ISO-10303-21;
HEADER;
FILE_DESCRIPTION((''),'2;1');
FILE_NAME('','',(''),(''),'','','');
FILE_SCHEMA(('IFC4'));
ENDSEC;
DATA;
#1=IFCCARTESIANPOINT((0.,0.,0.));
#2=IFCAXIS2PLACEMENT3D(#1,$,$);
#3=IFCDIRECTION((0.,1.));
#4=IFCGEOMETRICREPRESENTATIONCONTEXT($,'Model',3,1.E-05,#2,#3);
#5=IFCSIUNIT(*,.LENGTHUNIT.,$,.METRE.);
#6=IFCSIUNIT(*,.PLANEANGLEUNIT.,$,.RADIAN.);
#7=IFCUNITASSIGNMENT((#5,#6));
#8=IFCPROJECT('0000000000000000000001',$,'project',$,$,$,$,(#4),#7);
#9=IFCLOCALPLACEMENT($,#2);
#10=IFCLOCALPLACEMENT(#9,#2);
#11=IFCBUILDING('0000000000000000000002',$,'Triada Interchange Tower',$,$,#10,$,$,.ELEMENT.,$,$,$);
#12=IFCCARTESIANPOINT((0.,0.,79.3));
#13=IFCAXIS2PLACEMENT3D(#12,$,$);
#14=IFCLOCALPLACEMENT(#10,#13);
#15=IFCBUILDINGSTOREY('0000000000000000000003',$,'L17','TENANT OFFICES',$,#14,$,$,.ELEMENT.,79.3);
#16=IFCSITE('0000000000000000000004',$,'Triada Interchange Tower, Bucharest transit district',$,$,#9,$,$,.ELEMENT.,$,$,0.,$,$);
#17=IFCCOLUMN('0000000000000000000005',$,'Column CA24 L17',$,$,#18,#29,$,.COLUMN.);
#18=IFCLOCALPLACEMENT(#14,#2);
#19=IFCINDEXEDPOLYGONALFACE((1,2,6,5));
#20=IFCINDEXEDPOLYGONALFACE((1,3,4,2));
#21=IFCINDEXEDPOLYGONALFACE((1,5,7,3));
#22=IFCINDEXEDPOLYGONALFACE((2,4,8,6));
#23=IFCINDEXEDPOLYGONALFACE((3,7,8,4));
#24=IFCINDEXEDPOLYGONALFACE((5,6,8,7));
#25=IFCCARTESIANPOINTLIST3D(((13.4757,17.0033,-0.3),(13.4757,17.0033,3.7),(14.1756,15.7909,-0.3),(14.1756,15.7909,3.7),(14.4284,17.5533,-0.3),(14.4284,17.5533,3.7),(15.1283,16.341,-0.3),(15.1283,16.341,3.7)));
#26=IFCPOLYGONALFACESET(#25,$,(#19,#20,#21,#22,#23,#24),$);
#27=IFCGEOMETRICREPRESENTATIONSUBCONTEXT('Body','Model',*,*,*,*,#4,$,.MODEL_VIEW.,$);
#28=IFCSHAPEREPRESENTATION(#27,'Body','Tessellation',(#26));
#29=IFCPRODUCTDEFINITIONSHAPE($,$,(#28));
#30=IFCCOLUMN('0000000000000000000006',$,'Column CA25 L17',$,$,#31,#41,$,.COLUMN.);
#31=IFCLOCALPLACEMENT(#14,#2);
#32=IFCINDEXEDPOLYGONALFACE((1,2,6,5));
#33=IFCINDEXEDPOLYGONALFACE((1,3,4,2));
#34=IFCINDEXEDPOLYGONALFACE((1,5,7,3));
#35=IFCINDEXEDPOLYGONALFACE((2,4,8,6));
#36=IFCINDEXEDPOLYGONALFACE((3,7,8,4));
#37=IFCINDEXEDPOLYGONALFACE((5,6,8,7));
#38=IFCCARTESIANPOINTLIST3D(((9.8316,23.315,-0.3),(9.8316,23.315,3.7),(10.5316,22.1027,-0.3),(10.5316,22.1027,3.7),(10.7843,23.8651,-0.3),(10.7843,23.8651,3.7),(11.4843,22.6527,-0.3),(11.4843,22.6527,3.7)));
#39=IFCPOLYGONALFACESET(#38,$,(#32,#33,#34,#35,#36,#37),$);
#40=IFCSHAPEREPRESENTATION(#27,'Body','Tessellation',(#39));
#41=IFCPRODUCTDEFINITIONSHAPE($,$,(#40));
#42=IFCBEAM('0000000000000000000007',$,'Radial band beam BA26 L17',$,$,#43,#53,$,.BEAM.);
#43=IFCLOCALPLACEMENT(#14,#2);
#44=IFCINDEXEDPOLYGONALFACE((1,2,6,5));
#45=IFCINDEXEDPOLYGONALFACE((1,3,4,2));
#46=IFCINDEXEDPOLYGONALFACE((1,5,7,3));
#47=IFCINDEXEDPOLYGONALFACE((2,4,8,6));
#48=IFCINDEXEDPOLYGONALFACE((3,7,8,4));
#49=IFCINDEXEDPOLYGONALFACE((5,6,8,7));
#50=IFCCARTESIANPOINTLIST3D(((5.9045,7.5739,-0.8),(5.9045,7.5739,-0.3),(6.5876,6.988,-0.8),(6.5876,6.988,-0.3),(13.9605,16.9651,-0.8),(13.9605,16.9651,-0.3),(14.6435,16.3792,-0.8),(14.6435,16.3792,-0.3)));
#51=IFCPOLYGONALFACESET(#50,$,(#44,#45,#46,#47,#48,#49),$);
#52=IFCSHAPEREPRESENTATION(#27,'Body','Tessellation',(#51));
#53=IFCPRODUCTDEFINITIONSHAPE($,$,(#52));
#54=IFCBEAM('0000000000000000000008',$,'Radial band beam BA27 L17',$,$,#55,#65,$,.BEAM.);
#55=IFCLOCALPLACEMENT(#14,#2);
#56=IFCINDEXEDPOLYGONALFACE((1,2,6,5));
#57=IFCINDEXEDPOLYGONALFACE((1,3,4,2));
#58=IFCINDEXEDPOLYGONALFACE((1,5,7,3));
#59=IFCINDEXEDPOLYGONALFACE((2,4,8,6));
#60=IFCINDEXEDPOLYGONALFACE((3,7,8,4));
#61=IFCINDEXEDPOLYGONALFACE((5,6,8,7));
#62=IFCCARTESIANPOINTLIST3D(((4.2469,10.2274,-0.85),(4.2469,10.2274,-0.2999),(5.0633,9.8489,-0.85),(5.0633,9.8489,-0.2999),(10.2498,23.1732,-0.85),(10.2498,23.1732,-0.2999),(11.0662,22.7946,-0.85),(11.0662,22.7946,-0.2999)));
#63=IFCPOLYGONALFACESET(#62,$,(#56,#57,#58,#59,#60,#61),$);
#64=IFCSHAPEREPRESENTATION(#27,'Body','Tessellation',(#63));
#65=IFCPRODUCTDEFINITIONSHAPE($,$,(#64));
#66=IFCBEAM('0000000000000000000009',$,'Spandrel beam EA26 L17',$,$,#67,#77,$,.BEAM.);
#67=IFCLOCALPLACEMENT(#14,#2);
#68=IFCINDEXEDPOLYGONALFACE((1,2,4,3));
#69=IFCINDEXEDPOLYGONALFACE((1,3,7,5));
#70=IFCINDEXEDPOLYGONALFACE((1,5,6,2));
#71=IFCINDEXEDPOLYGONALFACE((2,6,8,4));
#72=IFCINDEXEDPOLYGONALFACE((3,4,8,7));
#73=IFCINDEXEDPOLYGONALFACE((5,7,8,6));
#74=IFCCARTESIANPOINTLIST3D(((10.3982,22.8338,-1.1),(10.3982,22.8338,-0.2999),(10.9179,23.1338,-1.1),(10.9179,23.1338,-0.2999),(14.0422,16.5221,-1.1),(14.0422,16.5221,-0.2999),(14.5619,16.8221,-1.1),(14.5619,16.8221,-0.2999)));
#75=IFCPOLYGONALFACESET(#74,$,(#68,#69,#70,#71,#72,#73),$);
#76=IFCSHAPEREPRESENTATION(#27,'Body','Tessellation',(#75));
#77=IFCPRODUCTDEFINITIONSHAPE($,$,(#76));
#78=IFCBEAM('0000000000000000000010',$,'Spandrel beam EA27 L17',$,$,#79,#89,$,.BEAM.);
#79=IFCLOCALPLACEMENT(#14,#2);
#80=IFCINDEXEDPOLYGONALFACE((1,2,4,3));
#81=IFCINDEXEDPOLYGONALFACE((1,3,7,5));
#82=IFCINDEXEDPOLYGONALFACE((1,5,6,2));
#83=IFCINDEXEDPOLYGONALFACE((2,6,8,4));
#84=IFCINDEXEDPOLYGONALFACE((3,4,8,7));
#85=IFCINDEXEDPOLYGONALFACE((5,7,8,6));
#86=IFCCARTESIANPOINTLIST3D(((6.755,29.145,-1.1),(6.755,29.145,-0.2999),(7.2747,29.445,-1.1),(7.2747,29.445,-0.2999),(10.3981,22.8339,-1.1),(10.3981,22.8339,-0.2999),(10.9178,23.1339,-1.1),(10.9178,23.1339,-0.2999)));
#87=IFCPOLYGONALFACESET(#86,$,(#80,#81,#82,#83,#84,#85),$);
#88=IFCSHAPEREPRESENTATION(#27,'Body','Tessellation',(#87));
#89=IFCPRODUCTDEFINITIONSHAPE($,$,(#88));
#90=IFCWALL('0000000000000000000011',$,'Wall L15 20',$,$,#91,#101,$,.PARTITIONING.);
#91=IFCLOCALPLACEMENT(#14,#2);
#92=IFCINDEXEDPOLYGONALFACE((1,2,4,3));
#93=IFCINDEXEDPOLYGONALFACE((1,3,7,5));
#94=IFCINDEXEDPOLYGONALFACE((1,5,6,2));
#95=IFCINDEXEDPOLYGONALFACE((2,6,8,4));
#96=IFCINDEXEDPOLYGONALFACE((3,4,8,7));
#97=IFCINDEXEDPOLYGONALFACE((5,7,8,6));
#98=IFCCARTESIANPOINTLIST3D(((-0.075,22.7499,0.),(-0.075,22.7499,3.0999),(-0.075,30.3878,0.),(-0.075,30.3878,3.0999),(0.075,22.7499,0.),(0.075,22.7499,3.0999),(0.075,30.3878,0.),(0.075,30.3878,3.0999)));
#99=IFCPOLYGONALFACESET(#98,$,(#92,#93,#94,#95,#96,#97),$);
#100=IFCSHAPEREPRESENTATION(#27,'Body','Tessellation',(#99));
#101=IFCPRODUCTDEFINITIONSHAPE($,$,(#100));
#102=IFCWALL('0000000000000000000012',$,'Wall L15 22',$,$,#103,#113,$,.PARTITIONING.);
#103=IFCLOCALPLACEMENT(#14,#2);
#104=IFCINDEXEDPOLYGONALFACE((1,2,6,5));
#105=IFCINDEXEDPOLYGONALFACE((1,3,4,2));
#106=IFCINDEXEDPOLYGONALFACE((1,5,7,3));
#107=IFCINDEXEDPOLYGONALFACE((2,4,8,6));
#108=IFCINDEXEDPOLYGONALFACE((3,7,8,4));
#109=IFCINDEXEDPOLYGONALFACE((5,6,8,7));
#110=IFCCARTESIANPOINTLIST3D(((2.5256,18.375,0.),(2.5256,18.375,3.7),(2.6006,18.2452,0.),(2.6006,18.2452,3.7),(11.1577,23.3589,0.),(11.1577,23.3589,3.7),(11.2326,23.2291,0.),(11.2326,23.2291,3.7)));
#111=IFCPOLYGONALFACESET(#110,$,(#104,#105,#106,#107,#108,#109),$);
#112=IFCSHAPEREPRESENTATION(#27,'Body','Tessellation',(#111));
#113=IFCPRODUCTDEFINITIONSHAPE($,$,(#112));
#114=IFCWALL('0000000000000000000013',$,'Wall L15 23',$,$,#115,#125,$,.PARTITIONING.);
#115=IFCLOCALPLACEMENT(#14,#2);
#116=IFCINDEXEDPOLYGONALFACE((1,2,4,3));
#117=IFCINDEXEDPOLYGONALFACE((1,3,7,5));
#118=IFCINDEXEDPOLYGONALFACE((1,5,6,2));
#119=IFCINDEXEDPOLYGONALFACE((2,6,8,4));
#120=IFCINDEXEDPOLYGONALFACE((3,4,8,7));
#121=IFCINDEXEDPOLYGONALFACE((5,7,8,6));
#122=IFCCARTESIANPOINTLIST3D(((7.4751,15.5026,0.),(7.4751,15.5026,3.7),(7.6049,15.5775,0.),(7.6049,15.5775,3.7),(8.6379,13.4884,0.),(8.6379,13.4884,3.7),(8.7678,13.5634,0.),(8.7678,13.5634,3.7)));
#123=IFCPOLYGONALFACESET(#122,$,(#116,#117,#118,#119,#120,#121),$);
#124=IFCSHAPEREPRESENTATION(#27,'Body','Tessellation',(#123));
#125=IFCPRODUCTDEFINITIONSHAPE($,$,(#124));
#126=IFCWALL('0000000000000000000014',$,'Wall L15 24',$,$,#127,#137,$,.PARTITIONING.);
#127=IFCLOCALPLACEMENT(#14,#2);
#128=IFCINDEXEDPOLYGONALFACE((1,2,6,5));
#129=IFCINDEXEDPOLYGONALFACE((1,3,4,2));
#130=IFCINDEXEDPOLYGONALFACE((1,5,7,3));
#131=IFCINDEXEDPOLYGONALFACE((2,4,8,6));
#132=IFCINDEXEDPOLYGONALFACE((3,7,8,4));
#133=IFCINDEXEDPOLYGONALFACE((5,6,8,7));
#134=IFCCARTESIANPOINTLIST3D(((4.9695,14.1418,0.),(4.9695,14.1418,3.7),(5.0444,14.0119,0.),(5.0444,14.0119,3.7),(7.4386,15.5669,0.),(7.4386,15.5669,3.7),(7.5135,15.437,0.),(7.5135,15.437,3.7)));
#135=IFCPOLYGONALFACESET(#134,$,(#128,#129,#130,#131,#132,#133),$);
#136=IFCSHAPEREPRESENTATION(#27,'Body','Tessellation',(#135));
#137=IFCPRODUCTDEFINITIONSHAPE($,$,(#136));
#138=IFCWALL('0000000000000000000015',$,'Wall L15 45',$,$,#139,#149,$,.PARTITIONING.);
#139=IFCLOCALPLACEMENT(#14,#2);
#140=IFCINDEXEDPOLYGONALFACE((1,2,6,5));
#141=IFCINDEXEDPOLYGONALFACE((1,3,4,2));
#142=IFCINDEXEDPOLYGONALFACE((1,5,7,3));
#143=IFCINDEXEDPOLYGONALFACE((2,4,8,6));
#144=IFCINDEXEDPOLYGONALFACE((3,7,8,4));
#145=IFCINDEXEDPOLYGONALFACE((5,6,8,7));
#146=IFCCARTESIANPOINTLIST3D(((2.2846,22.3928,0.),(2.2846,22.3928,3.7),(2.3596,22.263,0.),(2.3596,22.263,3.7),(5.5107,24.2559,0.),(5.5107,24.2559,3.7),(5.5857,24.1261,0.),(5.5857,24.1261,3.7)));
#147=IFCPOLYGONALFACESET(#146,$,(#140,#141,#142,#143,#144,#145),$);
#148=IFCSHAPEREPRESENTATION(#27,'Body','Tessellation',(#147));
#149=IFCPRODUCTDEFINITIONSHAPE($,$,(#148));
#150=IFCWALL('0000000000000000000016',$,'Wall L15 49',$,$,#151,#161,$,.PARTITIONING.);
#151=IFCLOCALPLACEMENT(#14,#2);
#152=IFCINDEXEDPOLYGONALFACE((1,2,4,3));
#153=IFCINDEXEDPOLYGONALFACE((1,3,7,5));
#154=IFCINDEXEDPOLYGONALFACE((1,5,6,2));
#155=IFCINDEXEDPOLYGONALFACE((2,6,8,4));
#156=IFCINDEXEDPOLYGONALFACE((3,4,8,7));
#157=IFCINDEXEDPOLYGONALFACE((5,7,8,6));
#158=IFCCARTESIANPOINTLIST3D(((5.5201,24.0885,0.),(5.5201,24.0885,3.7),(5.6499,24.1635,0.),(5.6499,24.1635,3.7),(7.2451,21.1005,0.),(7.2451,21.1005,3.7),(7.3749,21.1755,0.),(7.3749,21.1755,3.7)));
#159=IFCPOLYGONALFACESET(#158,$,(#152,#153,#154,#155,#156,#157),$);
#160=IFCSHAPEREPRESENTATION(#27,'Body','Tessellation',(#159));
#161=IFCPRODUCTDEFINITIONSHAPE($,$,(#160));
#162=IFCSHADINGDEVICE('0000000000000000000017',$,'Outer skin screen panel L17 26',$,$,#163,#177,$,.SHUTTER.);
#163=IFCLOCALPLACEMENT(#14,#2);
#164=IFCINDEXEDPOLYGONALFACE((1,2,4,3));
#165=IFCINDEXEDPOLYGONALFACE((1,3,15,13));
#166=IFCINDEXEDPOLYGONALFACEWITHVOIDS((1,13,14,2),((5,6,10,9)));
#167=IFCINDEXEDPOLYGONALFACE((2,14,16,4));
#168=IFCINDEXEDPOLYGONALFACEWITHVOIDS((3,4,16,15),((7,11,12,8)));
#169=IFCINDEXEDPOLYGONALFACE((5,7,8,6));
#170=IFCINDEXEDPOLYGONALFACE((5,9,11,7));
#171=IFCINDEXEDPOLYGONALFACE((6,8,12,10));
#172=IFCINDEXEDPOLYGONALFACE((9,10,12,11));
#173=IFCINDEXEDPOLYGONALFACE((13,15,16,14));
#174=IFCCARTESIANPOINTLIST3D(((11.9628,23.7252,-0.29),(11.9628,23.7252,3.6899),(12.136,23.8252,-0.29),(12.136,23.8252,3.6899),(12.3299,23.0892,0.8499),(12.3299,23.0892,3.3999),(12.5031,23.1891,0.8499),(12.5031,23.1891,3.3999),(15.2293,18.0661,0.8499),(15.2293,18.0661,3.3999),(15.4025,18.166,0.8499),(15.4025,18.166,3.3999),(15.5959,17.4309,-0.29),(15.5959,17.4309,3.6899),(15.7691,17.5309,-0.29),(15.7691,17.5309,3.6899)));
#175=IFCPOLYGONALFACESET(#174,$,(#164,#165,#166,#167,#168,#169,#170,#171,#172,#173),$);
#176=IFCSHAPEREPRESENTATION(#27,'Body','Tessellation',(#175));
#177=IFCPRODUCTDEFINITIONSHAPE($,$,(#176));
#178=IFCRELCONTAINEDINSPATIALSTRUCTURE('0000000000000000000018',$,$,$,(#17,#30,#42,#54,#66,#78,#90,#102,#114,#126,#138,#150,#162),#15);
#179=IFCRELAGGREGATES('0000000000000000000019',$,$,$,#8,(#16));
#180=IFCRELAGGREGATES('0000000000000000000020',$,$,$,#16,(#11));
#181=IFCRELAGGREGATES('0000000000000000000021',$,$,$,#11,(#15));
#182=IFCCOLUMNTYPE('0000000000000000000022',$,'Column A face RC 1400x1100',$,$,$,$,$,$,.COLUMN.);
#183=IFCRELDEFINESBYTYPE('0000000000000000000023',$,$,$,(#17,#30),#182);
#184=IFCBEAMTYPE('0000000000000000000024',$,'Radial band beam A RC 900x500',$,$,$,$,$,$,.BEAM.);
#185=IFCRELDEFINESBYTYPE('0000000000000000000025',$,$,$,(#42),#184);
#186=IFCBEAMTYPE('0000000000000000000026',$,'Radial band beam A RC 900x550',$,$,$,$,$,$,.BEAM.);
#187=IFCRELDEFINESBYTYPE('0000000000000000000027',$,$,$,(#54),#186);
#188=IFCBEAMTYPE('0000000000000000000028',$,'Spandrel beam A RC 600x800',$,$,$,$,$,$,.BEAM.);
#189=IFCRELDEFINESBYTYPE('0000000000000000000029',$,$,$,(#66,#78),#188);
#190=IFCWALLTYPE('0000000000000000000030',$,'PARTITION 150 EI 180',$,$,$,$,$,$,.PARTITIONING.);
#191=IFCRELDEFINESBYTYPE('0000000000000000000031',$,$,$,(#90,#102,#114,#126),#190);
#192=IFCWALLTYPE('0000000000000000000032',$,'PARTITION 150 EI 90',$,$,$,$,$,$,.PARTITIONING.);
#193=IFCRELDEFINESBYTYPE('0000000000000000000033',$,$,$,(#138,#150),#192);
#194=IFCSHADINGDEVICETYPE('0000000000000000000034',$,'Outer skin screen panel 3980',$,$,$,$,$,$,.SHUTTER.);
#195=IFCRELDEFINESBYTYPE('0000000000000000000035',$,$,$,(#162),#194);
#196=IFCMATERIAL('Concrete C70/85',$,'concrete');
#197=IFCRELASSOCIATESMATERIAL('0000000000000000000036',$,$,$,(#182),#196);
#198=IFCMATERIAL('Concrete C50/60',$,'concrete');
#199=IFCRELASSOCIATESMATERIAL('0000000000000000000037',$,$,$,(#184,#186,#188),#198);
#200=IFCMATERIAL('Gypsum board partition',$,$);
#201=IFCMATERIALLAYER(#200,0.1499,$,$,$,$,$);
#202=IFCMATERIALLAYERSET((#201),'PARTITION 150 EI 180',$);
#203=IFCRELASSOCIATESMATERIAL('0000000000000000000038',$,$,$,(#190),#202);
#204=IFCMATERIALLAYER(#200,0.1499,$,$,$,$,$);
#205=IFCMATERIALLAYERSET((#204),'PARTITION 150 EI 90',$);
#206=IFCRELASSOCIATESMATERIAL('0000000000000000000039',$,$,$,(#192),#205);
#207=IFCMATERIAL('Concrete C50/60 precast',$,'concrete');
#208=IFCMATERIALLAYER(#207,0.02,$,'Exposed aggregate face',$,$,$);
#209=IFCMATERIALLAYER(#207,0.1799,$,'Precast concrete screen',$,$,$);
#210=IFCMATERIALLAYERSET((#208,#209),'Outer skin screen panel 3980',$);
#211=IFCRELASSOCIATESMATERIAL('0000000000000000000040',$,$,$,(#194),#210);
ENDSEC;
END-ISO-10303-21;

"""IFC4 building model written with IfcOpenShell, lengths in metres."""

from ifc_helpers import new_model, si_unit, direction, frame, frame_2d, origin, origin_2d, place, context, subcontext, project, spatial, polyline, rectangle, outline, extrude, material, layer, layer_set, material_profile, profile_set, type_object, element, save


model = new_model("IFC4")

# Units and contexts
model_context = context("Model", 3, precision=1e-05, world=origin(), true_north=direction((0.0, 1.0)))
body_context = subcontext(model_context, "Body", "Model", "MODEL_VIEW")
ifc_project = project(units=[si_unit("LENGTHUNIT", "METRE"), si_unit("PLANEANGLEUNIT", "RADIAN")], contexts=[model_context])

# Site, building, storey
site_placement = place(None, origin())
site = spatial("IfcSite", under=ifc_project, at=site_placement, Name="Triada Interchange Tower, Bucharest transit district", CompositionType="ELEMENT", RefElevation=0.0)
building_placement = place(site_placement, origin())
building = spatial("IfcBuilding", under=site, at=building_placement, Name="Triada Interchange Tower", CompositionType="ELEMENT")
storey_placement = place(building_placement, frame((0.0, 0.0, 79.3)))
storey = spatial("IfcBuildingStorey", under=building, at=storey_placement, Name="L17", Description="TENANT OFFICES", CompositionType="ELEMENT", Elevation=79.3)

# Columns
ifc_material_1 = material(Name="Concrete C70/85", Category="concrete")
ifc_material_profile_1 = material_profile(ifc_material_1, rectangle(XDim=1.3999, YDim=1.1001, at=origin_2d()), Name="RC 1400x1100")
ifc_profile_set_1 = profile_set([ifc_material_profile_1], Name="Concrete C70/85")
column_type = type_object("IfcColumnType", Name="Column A face RC 1400x1100", PredefinedType="COLUMN", material=ifc_profile_set_1)
for number, where, z_axis, x_axis, name in (
    (1, (14.302, 16.6721, -0.3), (0.0, 0.0, 1.0), (-0.5, 0.866025, 0.0), "Column CA24 L17"),
    (2, (10.658, 22.9839, -0.3), (0.0, 0.0, 1.0), (-0.5, 0.866025, 0.0), "Column CA25 L17"),
):
    element("IfcColumn", number, at=place(storey_placement, frame(where, z_axis=z_axis, x_axis=x_axis)), inside=storey, type_object=column_type, Name=name, PredefinedType="COLUMN", context=body_context, shape_type="SweptSolid", body=[
        extrude(rectangle(XDim=1.3999, YDim=1.1001, at=origin_2d()), origin(), (0.0, 0.0, 1.0), 4.0),
    ])

# Beams
ifc_material_2 = material(Name="Concrete C50/60", Category="concrete")
ifc_material_profile_2 = material_profile(ifc_material_2, rectangle(XDim=0.8999, YDim=0.5, at=origin_2d()), Name="RC 900x500")
ifc_profile_set_2 = profile_set([ifc_material_profile_2], Name="Concrete C50/60")
beam_type_1 = type_object("IfcBeamType", Name="Radial band beam A RC 900x500", PredefinedType="BEAM", material=ifc_profile_set_2)
beam_1_placement = place(storey_placement, frame((14.302, 16.6721, -0.55), z_axis=(-0.651089, -0.759002, 0.0), x_axis=(0.759002, -0.651089, 0.0)))
element("IfcBeam", 3, at=beam_1_placement, inside=storey, type_object=beam_type_1, Name="Radial band beam BA26 L17", PredefinedType="BEAM", context=body_context, shape_type="SweptSolid", body=[
    extrude(rectangle(XDim=0.8999, YDim=0.5, at=origin_2d()), origin(), (0.0, 0.0, 1.0), 12.373),
])
ifc_material_profile_3 = material_profile(ifc_material_2, rectangle(XDim=0.8999, YDim=0.55, at=origin_2d()), Name="RC 900x550")
ifc_profile_set_3 = profile_set([ifc_material_profile_3], Name="Concrete C50/60")
beam_type_2 = type_object("IfcBeamType", Name="Radial band beam A RC 900x550", PredefinedType="BEAM", material=ifc_profile_set_3)
beam_2_placement = place(storey_placement, frame((10.658, 22.9839, -0.575), z_axis=(-0.420672, -0.907213, 0.0), x_axis=(0.907213, -0.420672, 0.0)))
element("IfcBeam", 4, at=beam_2_placement, inside=storey, type_object=beam_type_2, Name="Radial band beam BA27 L17", PredefinedType="BEAM", context=body_context, shape_type="SweptSolid", body=[
    extrude(rectangle(XDim=0.8999, YDim=0.55, at=origin_2d()), origin(), (0.0, 0.0, 1.0), 14.2698),
])
ifc_material_profile_4 = material_profile(ifc_material_2, rectangle(XDim=0.6001, YDim=0.8, at=origin_2d()), Name="RC 600x800")
ifc_profile_set_4 = profile_set([ifc_material_profile_4], Name="Concrete C50/60")
beam_type_3 = type_object("IfcBeamType", Name="Spandrel beam A RC 600x800", PredefinedType="BEAM", material=ifc_profile_set_4)
beam_3_placement = place(storey_placement, frame((14.302, 16.6721, -0.7), z_axis=(-0.499994, 0.866029, 0.0), x_axis=(-0.866029, -0.499994, 0.0)))
element("IfcBeam", 5, at=beam_3_placement, inside=storey, type_object=beam_type_3, Name="Spandrel beam EA26 L17", PredefinedType="BEAM", context=body_context, shape_type="SweptSolid", body=[
    extrude(rectangle(XDim=0.6001, YDim=0.8, at=origin_2d()), origin(), (0.0, 0.0, 1.0), 7.2881),
])
beam_4_placement = place(storey_placement, frame((10.658, 22.9839, -0.7), z_axis=(-0.499937, 0.866062, 0.0), x_axis=(-0.866062, -0.499937, 0.0)))
element("IfcBeam", 6, at=beam_4_placement, inside=storey, type_object=beam_type_3, Name="Spandrel beam EA27 L17", PredefinedType="BEAM", context=body_context, shape_type="SweptSolid", body=[
    extrude(rectangle(XDim=0.6001, YDim=0.8, at=origin_2d()), origin(), (0.0, 0.0, 1.0), 7.2871),
])

# Wall
ifc_material_3 = material(Name="Gypsum board partition")
ifc_layer_1 = layer(ifc_material_3, 0.1499)
ifc_layer_set_1 = layer_set([ifc_layer_1], Name="PARTITION 150 EI 180")
wall_type_1 = type_object("IfcWallType", Name="PARTITION 150 EI 180", PredefinedType="PARTITIONING", material=ifc_layer_set_1)
wall_1_placement = place(storey_placement, frame((0.0, 22.75, 0.0), z_axis=(0.0, 0.0, 1.0), x_axis=(0.0, 1.0, 0.0)))
element("IfcWall", 7, at=wall_1_placement, inside=storey, type_object=wall_type_1, Name="Wall L15 20", PredefinedType="PARTITIONING", context=body_context, shape_type="SweptSolid", body=[
    extrude(rectangle(XDim=7.6379, YDim=0.1499, at=frame_2d((3.8188, 0.0))), origin(), (0.0, 0.0, 1.0), 3.0999),
])

# Walls
wall_2_placement = place(storey_placement, frame((2.563, 18.3101, 0.0), z_axis=(0.0, 0.0, 1.0), x_axis=(0.866019, 0.500012, 0.0)))
element("IfcWall", 8, at=wall_2_placement, inside=storey, type_object=wall_type_1, Name="Wall L15 22", PredefinedType="PARTITIONING", context=body_context, shape_type="SweptSolid", body=[
    extrude(rectangle(XDim=9.9675, YDim=0.1499, at=frame_2d((4.9839, 0.0))), origin(), (0.0, 0.0, 1.0), 3.7),
])
wall_3_placement = place(storey_placement, frame((7.54, 15.54, 0.0), z_axis=(0.0, 0.0, 1.0), x_axis=(0.499989, -0.866032, 0.0)))
element("IfcWall", 9, at=wall_3_placement, inside=storey, type_object=wall_type_1, Name="Wall L15 23", PredefinedType="PARTITIONING", context=body_context, shape_type="SweptSolid", body=[
    extrude(rectangle(XDim=2.3257, YDim=0.1499, at=frame_2d((1.1628, 0.0))), origin(), (0.0, 0.0, 1.0), 3.7),
])
wall_4_placement = place(storey_placement, frame((5.0071, 14.0769, 0.0), z_axis=(0.0, 0.0, 1.0), x_axis=(0.86609, 0.499888, 0.0)))
element("IfcWall", 10, at=wall_4_placement, inside=storey, type_object=wall_type_1, Name="Wall L15 24", PredefinedType="PARTITIONING", context=body_context, shape_type="SweptSolid", body=[
    extrude(rectangle(XDim=2.8508, YDim=0.1499, at=frame_2d((1.4253, 0.0))), origin(), (0.0, 0.0, 1.0), 3.7),
])
ifc_layer_2 = layer(ifc_material_3, 0.1499)
ifc_layer_set_2 = layer_set([ifc_layer_2], Name="PARTITION 150 EI 90")
wall_type_2 = type_object("IfcWallType", Name="PARTITION 150 EI 90", PredefinedType="PARTITIONING", material=ifc_layer_set_2)
wall_5_placement = place(storey_placement, frame((2.322, 22.3279, 0.0), z_axis=(0.0, 0.0, 1.0), x_axis=(0.865972, 0.500093, 0.0)))
element("IfcWall", 11, at=wall_5_placement, inside=storey, type_object=wall_type_2, Name="Wall L15 45", PredefinedType="PARTITIONING", context=body_context, shape_type="SweptSolid", body=[
    extrude(rectangle(XDim=3.7253, YDim=0.1499, at=frame_2d((1.8628, 0.0))), origin(), (0.0, 0.0, 1.0), 3.7),
])
wall_6_placement = place(storey_placement, frame((5.585, 24.126, 0.0), z_axis=(0.0, 0.0, 1.0), x_axis=(0.49999, -0.866031, 0.0)))
element("IfcWall", 12, at=wall_6_placement, inside=storey, type_object=wall_type_2, Name="Wall L15 49", PredefinedType="PARTITIONING", context=body_context, shape_type="SweptSolid", body=[
    extrude(rectangle(XDim=3.4502, YDim=0.1499, at=frame_2d((1.7251, 0.0))), origin(), (0.0, 0.0, 1.0), 3.7),
])

# Shading device
ifc_material_4 = material(Name="Concrete C50/60 precast", Category="concrete")
ifc_layer_3 = layer(ifc_material_4, 0.02, Name="Exposed aggregate face")
ifc_layer_4 = layer(ifc_material_4, 0.1799, Name="Precast concrete screen")
ifc_layer_set_3 = layer_set([ifc_layer_3, ifc_layer_4], Name="Outer skin screen panel 3980")
shading_device_type = type_object("IfcShadingDeviceType", Name="Outer skin screen panel 3980", PredefinedType="SHUTTER", material=ifc_layer_set_3)
shading_device_1_placement = place(storey_placement, frame((15.5959, 17.4309, -0.29), z_axis=(0.0, 0.0, 1.0), x_axis=(-0.499908, 0.866079, 0.0)))
element("IfcShadingDevice", 13, at=shading_device_1_placement, inside=storey, type_object=shading_device_type, Name="Outer skin screen panel L17 26", PredefinedType="SHUTTER", context=body_context, shape_type="SweptSolid", body=[
    extrude(outline(polyline([(0.0, 0.0), (7.2676, 0.0), (7.2676, 3.98), (0.0, 3.98), (0.0, 0.0)]), holes=[polyline([(0.7334, 1.1399), (0.7334, 3.6899), (6.5332, 3.6899), (6.5332, 1.1399), (0.7334, 1.1399)])]), frame((0.0, 0.0, 0.0), z_axis=(0.0, -1.0, 0.0), x_axis=(1.0, 0.0, 0.0)), (0.0, 0.0, 1.0), 0.2),
])

save(model, "model.ifc")
